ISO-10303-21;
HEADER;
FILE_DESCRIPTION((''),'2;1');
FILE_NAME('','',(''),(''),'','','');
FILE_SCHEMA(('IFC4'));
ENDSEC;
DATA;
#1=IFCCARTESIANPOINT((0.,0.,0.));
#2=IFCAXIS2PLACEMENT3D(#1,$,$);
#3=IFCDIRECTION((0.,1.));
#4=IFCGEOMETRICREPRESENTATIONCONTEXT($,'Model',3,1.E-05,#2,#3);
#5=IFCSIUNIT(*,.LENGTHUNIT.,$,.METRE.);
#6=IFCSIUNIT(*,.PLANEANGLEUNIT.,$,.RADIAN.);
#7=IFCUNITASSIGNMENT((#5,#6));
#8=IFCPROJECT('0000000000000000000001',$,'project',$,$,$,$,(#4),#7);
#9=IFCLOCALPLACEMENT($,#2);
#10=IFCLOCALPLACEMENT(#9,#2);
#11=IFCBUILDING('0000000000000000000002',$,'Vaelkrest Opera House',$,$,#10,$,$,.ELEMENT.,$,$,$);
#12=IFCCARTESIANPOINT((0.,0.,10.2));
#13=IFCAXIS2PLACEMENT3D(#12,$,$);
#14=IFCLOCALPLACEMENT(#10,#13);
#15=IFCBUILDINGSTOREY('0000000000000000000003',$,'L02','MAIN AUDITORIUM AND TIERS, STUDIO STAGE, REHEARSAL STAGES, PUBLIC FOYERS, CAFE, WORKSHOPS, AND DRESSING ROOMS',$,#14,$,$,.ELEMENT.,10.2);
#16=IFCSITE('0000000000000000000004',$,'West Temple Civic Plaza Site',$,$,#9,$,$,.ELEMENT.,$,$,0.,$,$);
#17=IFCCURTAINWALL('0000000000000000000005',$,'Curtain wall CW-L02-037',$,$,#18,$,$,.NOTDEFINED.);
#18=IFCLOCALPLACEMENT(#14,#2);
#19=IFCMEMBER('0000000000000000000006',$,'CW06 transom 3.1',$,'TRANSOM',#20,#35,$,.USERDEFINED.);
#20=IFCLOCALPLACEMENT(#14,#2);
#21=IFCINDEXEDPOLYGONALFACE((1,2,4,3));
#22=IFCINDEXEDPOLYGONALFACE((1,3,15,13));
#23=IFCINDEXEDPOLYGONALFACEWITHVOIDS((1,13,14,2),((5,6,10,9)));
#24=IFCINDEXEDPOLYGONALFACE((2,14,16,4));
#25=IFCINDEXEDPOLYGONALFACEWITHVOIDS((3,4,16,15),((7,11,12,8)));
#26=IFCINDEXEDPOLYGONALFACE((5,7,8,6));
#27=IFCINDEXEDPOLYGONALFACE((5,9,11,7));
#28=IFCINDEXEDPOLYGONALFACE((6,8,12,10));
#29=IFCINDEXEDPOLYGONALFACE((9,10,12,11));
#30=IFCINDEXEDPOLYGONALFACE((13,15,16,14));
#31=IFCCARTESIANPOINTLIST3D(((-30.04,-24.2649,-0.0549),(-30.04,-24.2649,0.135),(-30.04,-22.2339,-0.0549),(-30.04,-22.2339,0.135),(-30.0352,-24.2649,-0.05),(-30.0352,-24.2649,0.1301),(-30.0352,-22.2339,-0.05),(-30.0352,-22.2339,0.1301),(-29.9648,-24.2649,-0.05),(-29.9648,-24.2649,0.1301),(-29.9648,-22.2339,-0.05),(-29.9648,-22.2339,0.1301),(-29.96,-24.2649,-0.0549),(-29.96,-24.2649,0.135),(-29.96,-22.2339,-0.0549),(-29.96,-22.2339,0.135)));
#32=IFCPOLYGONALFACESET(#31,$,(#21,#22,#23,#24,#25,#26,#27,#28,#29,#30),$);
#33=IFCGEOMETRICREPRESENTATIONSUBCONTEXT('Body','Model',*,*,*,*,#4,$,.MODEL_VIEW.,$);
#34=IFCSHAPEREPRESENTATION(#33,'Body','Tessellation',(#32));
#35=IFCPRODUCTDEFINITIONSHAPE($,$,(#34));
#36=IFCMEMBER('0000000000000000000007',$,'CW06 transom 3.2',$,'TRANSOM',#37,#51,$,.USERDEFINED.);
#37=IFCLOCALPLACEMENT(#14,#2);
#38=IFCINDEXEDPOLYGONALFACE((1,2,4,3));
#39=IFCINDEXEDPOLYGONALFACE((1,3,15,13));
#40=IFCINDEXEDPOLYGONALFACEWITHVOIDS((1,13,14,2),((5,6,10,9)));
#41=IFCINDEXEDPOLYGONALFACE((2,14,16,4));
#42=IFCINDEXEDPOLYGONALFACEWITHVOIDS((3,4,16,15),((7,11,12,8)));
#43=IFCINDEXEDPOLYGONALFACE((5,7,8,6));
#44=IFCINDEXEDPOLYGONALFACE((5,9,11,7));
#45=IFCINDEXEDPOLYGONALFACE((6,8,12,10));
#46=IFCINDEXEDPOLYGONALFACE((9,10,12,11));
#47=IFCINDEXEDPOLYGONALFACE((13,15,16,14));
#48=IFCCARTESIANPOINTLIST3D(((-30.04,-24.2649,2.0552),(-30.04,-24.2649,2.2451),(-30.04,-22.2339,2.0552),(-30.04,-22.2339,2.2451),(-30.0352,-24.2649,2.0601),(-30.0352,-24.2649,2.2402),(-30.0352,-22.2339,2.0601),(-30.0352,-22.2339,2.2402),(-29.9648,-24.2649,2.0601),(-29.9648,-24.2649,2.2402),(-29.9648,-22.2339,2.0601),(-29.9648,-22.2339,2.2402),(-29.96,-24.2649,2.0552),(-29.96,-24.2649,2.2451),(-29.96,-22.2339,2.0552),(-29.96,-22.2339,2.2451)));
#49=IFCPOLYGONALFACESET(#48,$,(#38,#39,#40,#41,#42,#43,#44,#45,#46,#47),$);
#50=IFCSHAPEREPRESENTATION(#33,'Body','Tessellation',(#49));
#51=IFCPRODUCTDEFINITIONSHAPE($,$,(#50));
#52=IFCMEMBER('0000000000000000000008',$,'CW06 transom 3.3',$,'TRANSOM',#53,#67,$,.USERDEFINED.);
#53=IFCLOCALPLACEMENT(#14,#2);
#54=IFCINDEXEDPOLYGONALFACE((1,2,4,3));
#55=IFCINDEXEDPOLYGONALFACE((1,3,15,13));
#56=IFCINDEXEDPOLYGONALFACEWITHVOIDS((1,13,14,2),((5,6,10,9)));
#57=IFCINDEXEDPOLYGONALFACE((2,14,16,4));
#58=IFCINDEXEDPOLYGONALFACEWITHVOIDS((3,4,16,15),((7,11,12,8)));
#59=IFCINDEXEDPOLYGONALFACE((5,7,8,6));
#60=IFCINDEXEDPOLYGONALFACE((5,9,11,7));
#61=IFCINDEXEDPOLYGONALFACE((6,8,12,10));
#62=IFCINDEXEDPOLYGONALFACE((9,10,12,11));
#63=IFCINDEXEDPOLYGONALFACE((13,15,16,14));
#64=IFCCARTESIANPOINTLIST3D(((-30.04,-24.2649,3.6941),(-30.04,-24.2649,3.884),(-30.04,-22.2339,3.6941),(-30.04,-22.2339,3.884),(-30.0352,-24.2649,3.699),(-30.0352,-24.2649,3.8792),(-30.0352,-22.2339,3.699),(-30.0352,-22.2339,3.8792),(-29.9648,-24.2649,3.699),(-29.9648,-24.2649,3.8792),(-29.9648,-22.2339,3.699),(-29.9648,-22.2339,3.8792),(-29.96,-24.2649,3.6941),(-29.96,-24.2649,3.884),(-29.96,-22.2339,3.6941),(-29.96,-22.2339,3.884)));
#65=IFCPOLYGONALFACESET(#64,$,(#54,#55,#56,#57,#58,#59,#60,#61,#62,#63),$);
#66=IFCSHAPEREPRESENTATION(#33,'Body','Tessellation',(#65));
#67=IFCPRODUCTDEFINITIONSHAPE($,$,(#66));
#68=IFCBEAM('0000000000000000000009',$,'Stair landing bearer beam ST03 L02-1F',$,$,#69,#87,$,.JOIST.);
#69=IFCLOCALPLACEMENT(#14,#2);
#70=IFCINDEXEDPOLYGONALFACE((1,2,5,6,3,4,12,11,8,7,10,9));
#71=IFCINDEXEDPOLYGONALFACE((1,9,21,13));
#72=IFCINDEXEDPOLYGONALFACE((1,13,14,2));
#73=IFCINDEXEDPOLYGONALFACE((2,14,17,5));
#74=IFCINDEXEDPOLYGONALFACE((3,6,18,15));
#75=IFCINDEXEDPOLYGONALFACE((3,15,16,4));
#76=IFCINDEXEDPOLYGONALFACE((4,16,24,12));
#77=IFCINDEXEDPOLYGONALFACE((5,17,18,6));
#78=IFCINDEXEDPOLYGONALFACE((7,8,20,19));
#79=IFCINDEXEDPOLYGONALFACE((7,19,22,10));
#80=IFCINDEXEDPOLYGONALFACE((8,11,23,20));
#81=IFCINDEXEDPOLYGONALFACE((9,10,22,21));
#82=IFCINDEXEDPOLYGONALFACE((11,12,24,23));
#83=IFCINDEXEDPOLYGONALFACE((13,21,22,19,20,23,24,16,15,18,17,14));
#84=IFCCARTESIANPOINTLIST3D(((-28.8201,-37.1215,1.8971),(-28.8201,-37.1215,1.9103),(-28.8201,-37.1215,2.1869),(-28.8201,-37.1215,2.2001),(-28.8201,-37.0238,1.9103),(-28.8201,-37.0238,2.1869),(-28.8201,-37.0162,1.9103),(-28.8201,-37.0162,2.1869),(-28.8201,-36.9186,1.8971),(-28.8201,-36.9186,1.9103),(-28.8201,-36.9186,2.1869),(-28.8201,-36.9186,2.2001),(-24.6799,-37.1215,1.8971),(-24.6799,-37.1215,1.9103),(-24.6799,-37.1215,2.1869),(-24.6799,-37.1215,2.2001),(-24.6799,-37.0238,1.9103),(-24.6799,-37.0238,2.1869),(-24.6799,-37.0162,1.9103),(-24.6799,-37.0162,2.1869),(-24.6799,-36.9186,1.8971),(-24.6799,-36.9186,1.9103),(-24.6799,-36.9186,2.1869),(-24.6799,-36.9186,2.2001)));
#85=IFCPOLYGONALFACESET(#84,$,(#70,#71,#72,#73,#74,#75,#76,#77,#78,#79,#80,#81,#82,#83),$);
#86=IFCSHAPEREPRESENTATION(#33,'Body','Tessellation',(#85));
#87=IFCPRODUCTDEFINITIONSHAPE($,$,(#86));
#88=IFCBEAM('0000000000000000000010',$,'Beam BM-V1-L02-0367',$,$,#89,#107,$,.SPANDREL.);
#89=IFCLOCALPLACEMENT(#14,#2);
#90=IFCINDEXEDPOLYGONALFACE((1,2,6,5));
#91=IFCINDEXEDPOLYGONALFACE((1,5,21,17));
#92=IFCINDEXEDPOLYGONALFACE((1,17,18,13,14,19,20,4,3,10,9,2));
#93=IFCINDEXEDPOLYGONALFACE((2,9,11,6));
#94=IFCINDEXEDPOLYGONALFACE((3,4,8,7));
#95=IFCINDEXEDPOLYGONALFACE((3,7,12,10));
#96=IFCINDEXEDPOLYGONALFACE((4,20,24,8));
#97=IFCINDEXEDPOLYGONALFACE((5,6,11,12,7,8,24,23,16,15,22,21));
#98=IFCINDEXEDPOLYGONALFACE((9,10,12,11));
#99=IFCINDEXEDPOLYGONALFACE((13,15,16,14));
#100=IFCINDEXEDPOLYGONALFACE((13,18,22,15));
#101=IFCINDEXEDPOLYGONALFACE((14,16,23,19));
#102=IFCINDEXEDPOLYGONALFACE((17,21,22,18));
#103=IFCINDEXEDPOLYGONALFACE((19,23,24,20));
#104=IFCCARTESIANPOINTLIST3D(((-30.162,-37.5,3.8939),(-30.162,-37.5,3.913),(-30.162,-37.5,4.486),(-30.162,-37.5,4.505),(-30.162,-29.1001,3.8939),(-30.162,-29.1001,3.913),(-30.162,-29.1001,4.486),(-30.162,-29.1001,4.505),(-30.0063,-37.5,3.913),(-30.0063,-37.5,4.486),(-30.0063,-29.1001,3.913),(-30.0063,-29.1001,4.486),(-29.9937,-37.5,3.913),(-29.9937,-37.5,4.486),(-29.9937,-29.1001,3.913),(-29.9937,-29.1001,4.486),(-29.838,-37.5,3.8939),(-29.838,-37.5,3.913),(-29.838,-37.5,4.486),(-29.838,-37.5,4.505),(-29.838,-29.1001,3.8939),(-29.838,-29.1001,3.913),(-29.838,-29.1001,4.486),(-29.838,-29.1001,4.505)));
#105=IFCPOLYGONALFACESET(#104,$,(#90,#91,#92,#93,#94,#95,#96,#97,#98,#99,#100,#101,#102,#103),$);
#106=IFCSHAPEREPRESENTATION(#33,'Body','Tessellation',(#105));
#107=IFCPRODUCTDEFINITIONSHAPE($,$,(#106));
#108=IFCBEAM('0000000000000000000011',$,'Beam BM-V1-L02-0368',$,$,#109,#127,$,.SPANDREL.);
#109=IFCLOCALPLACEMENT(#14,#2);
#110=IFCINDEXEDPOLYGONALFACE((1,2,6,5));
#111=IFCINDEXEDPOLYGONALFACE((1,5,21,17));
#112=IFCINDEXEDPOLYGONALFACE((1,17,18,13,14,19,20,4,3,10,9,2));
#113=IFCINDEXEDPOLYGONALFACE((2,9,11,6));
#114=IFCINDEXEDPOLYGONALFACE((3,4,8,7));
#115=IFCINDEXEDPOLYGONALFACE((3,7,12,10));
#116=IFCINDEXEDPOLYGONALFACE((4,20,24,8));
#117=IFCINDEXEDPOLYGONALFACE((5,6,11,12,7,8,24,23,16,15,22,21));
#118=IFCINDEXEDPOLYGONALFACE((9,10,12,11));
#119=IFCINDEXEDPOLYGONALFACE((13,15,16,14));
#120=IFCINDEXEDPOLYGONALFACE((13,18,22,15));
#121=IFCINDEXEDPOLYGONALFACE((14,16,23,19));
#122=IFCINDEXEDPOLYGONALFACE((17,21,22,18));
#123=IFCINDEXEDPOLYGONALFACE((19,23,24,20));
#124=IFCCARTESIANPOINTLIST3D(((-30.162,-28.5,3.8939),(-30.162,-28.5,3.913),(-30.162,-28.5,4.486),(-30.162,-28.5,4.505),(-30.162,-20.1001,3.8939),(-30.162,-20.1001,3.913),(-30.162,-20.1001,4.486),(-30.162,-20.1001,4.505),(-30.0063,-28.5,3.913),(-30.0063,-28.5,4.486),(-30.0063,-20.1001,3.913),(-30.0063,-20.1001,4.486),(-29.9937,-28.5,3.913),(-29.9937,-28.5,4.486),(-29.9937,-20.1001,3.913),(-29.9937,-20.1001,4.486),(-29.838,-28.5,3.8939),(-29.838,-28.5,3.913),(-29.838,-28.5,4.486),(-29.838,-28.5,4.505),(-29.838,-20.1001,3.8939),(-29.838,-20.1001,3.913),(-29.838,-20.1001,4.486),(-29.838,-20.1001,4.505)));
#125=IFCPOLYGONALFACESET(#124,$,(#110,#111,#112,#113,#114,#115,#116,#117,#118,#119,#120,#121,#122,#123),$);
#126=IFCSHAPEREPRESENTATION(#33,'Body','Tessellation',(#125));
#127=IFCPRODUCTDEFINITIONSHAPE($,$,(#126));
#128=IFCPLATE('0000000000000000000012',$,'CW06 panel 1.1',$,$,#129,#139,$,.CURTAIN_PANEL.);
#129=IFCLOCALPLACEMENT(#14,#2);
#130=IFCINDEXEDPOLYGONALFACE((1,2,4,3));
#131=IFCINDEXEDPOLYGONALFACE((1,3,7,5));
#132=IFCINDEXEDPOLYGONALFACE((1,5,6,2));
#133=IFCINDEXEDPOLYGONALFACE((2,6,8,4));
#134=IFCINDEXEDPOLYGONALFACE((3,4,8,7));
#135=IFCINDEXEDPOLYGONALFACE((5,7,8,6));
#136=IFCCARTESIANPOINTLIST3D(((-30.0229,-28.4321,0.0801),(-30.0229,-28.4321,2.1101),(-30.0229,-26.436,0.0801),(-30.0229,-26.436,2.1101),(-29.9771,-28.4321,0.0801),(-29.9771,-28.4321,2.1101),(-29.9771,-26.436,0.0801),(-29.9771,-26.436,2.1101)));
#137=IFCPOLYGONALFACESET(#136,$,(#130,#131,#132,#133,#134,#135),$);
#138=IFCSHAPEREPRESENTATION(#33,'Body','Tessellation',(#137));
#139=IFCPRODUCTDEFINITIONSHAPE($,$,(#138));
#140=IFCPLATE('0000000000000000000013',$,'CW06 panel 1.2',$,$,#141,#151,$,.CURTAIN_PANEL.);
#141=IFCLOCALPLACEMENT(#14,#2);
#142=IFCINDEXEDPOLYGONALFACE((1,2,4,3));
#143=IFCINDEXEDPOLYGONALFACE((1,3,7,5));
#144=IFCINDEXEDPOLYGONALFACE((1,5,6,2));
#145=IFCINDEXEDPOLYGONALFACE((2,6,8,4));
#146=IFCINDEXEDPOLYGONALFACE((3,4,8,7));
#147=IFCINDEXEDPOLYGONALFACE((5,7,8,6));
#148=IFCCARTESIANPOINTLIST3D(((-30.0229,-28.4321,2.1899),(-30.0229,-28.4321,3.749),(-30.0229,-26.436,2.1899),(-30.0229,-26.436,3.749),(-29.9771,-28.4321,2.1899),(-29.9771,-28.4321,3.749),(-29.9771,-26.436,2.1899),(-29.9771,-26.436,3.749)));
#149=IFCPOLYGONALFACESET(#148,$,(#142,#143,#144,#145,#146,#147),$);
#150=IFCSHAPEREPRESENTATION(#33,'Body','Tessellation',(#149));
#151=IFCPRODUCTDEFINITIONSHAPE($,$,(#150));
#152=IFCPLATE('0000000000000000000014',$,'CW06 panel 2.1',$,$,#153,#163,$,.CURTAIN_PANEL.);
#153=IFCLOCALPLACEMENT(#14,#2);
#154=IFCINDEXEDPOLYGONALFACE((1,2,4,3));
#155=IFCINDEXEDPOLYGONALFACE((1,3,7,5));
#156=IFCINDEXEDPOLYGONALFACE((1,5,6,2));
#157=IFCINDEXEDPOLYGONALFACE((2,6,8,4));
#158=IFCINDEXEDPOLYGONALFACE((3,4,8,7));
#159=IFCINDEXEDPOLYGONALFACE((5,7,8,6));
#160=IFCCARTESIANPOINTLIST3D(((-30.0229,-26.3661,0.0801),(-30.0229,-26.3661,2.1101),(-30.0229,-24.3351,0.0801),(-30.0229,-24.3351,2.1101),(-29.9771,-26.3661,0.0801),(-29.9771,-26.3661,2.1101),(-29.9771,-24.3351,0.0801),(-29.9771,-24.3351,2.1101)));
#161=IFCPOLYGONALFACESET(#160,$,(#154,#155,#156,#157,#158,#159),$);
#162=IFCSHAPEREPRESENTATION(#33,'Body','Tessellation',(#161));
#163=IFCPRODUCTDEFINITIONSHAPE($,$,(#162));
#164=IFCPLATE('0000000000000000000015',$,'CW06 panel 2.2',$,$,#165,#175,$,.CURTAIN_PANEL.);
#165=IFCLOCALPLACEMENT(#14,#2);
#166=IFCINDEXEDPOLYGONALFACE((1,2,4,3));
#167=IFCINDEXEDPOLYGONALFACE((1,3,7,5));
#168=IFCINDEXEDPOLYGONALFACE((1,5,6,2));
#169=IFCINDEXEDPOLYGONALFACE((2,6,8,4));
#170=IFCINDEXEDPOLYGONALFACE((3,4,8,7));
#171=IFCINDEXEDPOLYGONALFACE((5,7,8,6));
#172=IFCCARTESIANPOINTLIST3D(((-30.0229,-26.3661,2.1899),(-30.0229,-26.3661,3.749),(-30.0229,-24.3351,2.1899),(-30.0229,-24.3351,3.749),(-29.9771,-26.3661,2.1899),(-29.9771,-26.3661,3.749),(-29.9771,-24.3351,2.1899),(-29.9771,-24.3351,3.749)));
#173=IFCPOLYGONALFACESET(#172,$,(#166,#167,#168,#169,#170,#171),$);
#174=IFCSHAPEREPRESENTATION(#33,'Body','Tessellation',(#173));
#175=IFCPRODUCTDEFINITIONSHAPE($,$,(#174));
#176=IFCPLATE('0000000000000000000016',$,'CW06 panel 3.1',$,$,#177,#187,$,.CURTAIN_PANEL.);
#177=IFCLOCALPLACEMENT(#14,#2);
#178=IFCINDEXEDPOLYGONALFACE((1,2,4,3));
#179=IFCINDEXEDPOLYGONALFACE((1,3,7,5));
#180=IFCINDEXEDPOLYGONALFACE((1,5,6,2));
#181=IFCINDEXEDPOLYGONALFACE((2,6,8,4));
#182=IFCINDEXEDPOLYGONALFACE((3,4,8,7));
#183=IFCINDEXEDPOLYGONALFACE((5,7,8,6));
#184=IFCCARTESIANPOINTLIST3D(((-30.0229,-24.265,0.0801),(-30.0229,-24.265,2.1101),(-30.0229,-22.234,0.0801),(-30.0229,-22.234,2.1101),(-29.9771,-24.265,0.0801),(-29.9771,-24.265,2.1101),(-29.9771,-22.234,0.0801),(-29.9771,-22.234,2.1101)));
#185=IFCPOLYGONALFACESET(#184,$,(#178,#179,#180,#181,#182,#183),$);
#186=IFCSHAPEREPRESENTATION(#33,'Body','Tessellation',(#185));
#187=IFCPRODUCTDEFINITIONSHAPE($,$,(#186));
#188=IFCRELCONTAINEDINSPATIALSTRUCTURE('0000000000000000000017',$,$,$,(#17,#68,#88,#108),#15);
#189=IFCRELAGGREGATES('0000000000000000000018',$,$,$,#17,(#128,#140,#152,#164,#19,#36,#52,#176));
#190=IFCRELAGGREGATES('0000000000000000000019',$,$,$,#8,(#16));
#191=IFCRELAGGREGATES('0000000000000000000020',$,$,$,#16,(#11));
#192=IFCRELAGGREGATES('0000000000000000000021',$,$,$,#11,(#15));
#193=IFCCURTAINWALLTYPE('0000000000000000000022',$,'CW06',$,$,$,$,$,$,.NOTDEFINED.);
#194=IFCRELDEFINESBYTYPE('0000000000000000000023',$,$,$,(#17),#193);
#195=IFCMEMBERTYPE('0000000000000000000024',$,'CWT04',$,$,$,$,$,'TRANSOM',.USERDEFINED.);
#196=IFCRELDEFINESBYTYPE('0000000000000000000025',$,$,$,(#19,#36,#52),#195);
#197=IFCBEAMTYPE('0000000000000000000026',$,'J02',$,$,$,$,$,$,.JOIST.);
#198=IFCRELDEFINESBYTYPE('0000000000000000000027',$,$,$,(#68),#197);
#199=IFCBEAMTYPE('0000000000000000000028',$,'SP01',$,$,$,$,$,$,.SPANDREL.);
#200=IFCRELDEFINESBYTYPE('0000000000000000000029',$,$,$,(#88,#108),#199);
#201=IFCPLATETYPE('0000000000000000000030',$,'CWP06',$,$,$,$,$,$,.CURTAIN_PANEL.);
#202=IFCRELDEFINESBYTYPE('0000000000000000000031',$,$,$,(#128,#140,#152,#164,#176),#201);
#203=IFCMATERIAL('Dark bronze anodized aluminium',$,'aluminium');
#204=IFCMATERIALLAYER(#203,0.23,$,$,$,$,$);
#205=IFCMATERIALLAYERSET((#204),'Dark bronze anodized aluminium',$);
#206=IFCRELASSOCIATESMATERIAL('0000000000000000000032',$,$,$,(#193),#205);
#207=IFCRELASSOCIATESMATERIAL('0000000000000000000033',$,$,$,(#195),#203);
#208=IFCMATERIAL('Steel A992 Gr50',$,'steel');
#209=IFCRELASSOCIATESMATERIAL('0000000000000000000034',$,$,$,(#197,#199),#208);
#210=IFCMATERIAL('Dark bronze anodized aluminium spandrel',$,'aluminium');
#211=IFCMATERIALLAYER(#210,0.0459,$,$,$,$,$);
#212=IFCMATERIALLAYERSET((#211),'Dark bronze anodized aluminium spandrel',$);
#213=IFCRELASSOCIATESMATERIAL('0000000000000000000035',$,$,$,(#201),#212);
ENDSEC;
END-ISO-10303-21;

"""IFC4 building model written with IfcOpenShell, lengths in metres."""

from ifc_helpers import new_model, si_unit, direction, frame, origin, origin_2d, place, context, subcontext, project, spatial, rectangle, hollow_rectangle, i_section, extrude, material, layer, layer_set, material_profile, profile_set, type_object, element, aggregate, save


model = new_model("IFC4")

# Units and contexts
model_context = context("Model", 3, precision=1e-05, world=origin(), true_north=direction((0.0, 1.0)))
body_context = subcontext(model_context, "Body", "Model", "MODEL_VIEW")
ifc_project = project(units=[si_unit("LENGTHUNIT", "METRE"), si_unit("PLANEANGLEUNIT", "RADIAN")], contexts=[model_context])

# Site, building, storey
site_placement = place(None, origin())
site = spatial("IfcSite", under=ifc_project, at=site_placement, Name="West Temple Civic Plaza Site", CompositionType="ELEMENT", RefElevation=0.0)
building_placement = place(site_placement, origin())
building = spatial("IfcBuilding", under=site, at=building_placement, Name="Vaelkrest Opera House", CompositionType="ELEMENT")
storey_placement = place(building_placement, frame((0.0, 0.0, 10.2)))
storey = spatial("IfcBuildingStorey", under=building, at=storey_placement, Name="L02", Description="MAIN AUDITORIUM AND TIERS, STUDIO STAGE, REHEARSAL STAGES, PUBLIC FOYERS, CAFE, WORKSHOPS, AND DRESSING ROOMS", CompositionType="ELEMENT", Elevation=10.2)

# Curtain wall, members
ifc_material_1 = material(Name="Dark bronze anodized aluminium", Category="aluminium")
ifc_layer_1 = layer(ifc_material_1, 0.23)
ifc_layer_set_1 = layer_set([ifc_layer_1], Name="Dark bronze anodized aluminium")
curtain_wall_type = type_object("IfcCurtainWallType", Name="CW06", PredefinedType="NOTDEFINED", material=ifc_layer_set_1)
curtain_wall_placement = place(storey_placement, origin())
curtain_wall = element("IfcCurtainWall", 1, at=curtain_wall_placement, inside=storey, type_object=curtain_wall_type, Name="Curtain wall CW-L02-037", PredefinedType="NOTDEFINED")
ifc_material_profile_1 = material_profile(ifc_material_1, hollow_rectangle(XDim=0.0801, YDim=0.1899, WallThickness=0.0049, at=origin_2d()), Name="CWT80X190")
ifc_profile_set_1 = profile_set([ifc_material_profile_1], Name="Dark bronze anodized aluminium")
member_type_1 = type_object("IfcMemberType", Name="CWT04", ElementType="TRANSOM", PredefinedType="USERDEFINED", material=ifc_profile_set_1)
member_1_placement = place(storey_placement, frame((-30.0, -24.2649, 0.04), z_axis=(0.0, 1.0, 0.0), x_axis=(-1.0, 0.0, 0.0)))
member_1 = element("IfcMember", 2, at=member_1_placement, type_object=member_type_1, Name="CW06 transom 3.1", ObjectType="TRANSOM", PredefinedType="USERDEFINED", context=body_context, shape_type="SweptSolid", body=[
    extrude(hollow_rectangle(XDim=0.0801, YDim=0.1899, WallThickness=0.0049, at=origin_2d()), origin(), (0.0, 0.0, 1.0), 2.031),
])
member_2_placement = place(storey_placement, frame((-30.0, -24.2649, 2.1501), z_axis=(0.0, 1.0, 0.0), x_axis=(-1.0, 0.0, 0.0)))
member_2 = element("IfcMember", 3, at=member_2_placement, type_object=member_type_1, Name="CW06 transom 3.2", ObjectType="TRANSOM", PredefinedType="USERDEFINED", context=body_context, shape_type="SweptSolid", body=[
    extrude(hollow_rectangle(XDim=0.0801, YDim=0.1899, WallThickness=0.0049, at=origin_2d()), origin(), (0.0, 0.0, 1.0), 2.031),
])
member_3_placement = place(storey_placement, frame((-30.0, -24.2649, 3.7891), z_axis=(0.0, 1.0, 0.0), x_axis=(-1.0, 0.0, 0.0)))
member_3 = element("IfcMember", 4, at=member_3_placement, type_object=member_type_1, Name="CW06 transom 3.3", ObjectType="TRANSOM", PredefinedType="USERDEFINED", context=body_context, shape_type="SweptSolid", body=[
    extrude(hollow_rectangle(XDim=0.0801, YDim=0.1899, WallThickness=0.0049, at=origin_2d()), origin(), (0.0, 0.0, 1.0), 2.031),
])

# Beams
ifc_material_2 = material(Name="Steel A992 Gr50", Category="steel")
ifc_material_profile_2 = material_profile(ifc_material_2, i_section(OverallWidth=0.2029, OverallDepth=0.303, WebThickness=0.0076, FlangeThickness=0.0132, at=origin_2d()), Name="W12X40")
ifc_profile_set_2 = profile_set([ifc_material_profile_2], Name="Steel A992 Gr50")
beam_type_1 = type_object("IfcBeamType", Name="J02", PredefinedType="JOIST", material=ifc_profile_set_2)
beam_1_placement = place(storey_placement, frame((-28.8201, -37.02, 2.0486), z_axis=(1.0, 0.0, 0.0), x_axis=(0.0, 1.0, 0.0)))
element("IfcBeam", 5, at=beam_1_placement, inside=storey, type_object=beam_type_1, Name="Stair landing bearer beam ST03 L02-1F", PredefinedType="JOIST", context=body_context, shape_type="SweptSolid", body=[
    extrude(i_section(OverallWidth=0.2029, OverallDepth=0.303, WebThickness=0.0076, FlangeThickness=0.0132, at=origin_2d()), origin(), (0.0, 0.0, 1.0), 4.1401),
])
ifc_material_profile_3 = material_profile(ifc_material_2, i_section(OverallWidth=0.324, OverallDepth=0.6111, WebThickness=0.0127, FlangeThickness=0.019, at=origin_2d()), Name="W24X104")
ifc_profile_set_3 = profile_set([ifc_material_profile_3], Name="Steel A992 Gr50")
beam_type_2 = type_object("IfcBeamType", Name="SP01", PredefinedType="SPANDREL", material=ifc_profile_set_3)
for number, where, z_axis, x_axis, name in (
    (6, (-30.0, -37.5, 4.1995), (0.0, 1.0, 0.0), (-1.0, 0.0, 0.0), "Beam BM-V1-L02-0367"),
    (7, (-30.0, -28.5, 4.1995), (0.0, 1.0, 0.0), (-1.0, 0.0, 0.0), "Beam BM-V1-L02-0368"),
):
    element("IfcBeam", number, at=place(storey_placement, frame(where, z_axis=z_axis, x_axis=x_axis)), inside=storey, type_object=beam_type_2, Name=name, PredefinedType="SPANDREL", context=body_context, shape_type="SweptSolid", body=[
        extrude(i_section(OverallWidth=0.324, OverallDepth=0.6111, WebThickness=0.0127, FlangeThickness=0.019, at=origin_2d()), origin(), (0.0, 0.0, 1.0), 8.3999),
    ])

# Plates
ifc_material_3 = material(Name="Dark bronze anodized aluminium spandrel", Category="aluminium")
ifc_layer_2 = layer(ifc_material_3, 0.0459)
ifc_layer_set_2 = layer_set([ifc_layer_2], Name="Dark bronze anodized aluminium spandrel")
plate_type = type_object("IfcPlateType", Name="CWP06", PredefinedType="CURTAIN_PANEL", material=ifc_layer_set_2)
plate_1_placement = place(storey_placement, frame((-30.0, -27.4341, 0.0801), z_axis=(0.0, 0.0, 1.0), x_axis=(0.0, 1.0, 0.0)))
plate_1 = element("IfcPlate", 8, at=plate_1_placement, type_object=plate_type, Name="CW06 panel 1.1", PredefinedType="CURTAIN_PANEL", context=body_context, shape_type="SweptSolid", body=[
    extrude(rectangle(XDim=1.9961, YDim=0.0459, at=origin_2d()), origin(), (0.0, 0.0, 1.0), 2.03),
])
plate_2_placement = place(storey_placement, frame((-30.0, -27.4341, 2.1899), z_axis=(0.0, 0.0, 1.0), x_axis=(0.0, 1.0, 0.0)))
plate_2 = element("IfcPlate", 9, at=plate_2_placement, type_object=plate_type, Name="CW06 panel 1.2", PredefinedType="CURTAIN_PANEL", context=body_context, shape_type="SweptSolid", body=[
    extrude(rectangle(XDim=1.9961, YDim=0.0459, at=origin_2d()), origin(), (0.0, 0.0, 1.0), 1.5591),
])
plate_3_placement = place(storey_placement, frame((-30.0, -25.3506, 0.0801), z_axis=(0.0, 0.0, 1.0), x_axis=(0.0, 1.0, 0.0)))
plate_3 = element("IfcPlate", 10, at=plate_3_placement, type_object=plate_type, Name="CW06 panel 2.1", PredefinedType="CURTAIN_PANEL", context=body_context, shape_type="SweptSolid", body=[
    extrude(rectangle(XDim=2.031, YDim=0.0459, at=origin_2d()), origin(), (0.0, 0.0, 1.0), 2.03),
])
plate_4_placement = place(storey_placement, frame((-30.0, -25.3506, 2.1899), z_axis=(0.0, 0.0, 1.0), x_axis=(0.0, 1.0, 0.0)))
plate_4 = element("IfcPlate", 11, at=plate_4_placement, type_object=plate_type, Name="CW06 panel 2.2", PredefinedType="CURTAIN_PANEL", context=body_context, shape_type="SweptSolid", body=[
    extrude(rectangle(XDim=2.031, YDim=0.0459, at=origin_2d()), origin(), (0.0, 0.0, 1.0), 1.5591),
])
plate_5_placement = place(storey_placement, frame((-30.0, -23.2495, 0.0801), z_axis=(0.0, 0.0, 1.0), x_axis=(0.0, 1.0, 0.0)))
plate_5 = element("IfcPlate", 12, at=plate_5_placement, type_object=plate_type, Name="CW06 panel 3.1", PredefinedType="CURTAIN_PANEL", context=body_context, shape_type="SweptSolid", body=[
    extrude(rectangle(XDim=2.031, YDim=0.0459, at=origin_2d()), origin(), (0.0, 0.0, 1.0), 2.03),
])
aggregate(curtain_wall, [plate_1, plate_2, plate_3, plate_4, member_1, member_2, member_3, plate_5])

save(model, "model.ifc")
